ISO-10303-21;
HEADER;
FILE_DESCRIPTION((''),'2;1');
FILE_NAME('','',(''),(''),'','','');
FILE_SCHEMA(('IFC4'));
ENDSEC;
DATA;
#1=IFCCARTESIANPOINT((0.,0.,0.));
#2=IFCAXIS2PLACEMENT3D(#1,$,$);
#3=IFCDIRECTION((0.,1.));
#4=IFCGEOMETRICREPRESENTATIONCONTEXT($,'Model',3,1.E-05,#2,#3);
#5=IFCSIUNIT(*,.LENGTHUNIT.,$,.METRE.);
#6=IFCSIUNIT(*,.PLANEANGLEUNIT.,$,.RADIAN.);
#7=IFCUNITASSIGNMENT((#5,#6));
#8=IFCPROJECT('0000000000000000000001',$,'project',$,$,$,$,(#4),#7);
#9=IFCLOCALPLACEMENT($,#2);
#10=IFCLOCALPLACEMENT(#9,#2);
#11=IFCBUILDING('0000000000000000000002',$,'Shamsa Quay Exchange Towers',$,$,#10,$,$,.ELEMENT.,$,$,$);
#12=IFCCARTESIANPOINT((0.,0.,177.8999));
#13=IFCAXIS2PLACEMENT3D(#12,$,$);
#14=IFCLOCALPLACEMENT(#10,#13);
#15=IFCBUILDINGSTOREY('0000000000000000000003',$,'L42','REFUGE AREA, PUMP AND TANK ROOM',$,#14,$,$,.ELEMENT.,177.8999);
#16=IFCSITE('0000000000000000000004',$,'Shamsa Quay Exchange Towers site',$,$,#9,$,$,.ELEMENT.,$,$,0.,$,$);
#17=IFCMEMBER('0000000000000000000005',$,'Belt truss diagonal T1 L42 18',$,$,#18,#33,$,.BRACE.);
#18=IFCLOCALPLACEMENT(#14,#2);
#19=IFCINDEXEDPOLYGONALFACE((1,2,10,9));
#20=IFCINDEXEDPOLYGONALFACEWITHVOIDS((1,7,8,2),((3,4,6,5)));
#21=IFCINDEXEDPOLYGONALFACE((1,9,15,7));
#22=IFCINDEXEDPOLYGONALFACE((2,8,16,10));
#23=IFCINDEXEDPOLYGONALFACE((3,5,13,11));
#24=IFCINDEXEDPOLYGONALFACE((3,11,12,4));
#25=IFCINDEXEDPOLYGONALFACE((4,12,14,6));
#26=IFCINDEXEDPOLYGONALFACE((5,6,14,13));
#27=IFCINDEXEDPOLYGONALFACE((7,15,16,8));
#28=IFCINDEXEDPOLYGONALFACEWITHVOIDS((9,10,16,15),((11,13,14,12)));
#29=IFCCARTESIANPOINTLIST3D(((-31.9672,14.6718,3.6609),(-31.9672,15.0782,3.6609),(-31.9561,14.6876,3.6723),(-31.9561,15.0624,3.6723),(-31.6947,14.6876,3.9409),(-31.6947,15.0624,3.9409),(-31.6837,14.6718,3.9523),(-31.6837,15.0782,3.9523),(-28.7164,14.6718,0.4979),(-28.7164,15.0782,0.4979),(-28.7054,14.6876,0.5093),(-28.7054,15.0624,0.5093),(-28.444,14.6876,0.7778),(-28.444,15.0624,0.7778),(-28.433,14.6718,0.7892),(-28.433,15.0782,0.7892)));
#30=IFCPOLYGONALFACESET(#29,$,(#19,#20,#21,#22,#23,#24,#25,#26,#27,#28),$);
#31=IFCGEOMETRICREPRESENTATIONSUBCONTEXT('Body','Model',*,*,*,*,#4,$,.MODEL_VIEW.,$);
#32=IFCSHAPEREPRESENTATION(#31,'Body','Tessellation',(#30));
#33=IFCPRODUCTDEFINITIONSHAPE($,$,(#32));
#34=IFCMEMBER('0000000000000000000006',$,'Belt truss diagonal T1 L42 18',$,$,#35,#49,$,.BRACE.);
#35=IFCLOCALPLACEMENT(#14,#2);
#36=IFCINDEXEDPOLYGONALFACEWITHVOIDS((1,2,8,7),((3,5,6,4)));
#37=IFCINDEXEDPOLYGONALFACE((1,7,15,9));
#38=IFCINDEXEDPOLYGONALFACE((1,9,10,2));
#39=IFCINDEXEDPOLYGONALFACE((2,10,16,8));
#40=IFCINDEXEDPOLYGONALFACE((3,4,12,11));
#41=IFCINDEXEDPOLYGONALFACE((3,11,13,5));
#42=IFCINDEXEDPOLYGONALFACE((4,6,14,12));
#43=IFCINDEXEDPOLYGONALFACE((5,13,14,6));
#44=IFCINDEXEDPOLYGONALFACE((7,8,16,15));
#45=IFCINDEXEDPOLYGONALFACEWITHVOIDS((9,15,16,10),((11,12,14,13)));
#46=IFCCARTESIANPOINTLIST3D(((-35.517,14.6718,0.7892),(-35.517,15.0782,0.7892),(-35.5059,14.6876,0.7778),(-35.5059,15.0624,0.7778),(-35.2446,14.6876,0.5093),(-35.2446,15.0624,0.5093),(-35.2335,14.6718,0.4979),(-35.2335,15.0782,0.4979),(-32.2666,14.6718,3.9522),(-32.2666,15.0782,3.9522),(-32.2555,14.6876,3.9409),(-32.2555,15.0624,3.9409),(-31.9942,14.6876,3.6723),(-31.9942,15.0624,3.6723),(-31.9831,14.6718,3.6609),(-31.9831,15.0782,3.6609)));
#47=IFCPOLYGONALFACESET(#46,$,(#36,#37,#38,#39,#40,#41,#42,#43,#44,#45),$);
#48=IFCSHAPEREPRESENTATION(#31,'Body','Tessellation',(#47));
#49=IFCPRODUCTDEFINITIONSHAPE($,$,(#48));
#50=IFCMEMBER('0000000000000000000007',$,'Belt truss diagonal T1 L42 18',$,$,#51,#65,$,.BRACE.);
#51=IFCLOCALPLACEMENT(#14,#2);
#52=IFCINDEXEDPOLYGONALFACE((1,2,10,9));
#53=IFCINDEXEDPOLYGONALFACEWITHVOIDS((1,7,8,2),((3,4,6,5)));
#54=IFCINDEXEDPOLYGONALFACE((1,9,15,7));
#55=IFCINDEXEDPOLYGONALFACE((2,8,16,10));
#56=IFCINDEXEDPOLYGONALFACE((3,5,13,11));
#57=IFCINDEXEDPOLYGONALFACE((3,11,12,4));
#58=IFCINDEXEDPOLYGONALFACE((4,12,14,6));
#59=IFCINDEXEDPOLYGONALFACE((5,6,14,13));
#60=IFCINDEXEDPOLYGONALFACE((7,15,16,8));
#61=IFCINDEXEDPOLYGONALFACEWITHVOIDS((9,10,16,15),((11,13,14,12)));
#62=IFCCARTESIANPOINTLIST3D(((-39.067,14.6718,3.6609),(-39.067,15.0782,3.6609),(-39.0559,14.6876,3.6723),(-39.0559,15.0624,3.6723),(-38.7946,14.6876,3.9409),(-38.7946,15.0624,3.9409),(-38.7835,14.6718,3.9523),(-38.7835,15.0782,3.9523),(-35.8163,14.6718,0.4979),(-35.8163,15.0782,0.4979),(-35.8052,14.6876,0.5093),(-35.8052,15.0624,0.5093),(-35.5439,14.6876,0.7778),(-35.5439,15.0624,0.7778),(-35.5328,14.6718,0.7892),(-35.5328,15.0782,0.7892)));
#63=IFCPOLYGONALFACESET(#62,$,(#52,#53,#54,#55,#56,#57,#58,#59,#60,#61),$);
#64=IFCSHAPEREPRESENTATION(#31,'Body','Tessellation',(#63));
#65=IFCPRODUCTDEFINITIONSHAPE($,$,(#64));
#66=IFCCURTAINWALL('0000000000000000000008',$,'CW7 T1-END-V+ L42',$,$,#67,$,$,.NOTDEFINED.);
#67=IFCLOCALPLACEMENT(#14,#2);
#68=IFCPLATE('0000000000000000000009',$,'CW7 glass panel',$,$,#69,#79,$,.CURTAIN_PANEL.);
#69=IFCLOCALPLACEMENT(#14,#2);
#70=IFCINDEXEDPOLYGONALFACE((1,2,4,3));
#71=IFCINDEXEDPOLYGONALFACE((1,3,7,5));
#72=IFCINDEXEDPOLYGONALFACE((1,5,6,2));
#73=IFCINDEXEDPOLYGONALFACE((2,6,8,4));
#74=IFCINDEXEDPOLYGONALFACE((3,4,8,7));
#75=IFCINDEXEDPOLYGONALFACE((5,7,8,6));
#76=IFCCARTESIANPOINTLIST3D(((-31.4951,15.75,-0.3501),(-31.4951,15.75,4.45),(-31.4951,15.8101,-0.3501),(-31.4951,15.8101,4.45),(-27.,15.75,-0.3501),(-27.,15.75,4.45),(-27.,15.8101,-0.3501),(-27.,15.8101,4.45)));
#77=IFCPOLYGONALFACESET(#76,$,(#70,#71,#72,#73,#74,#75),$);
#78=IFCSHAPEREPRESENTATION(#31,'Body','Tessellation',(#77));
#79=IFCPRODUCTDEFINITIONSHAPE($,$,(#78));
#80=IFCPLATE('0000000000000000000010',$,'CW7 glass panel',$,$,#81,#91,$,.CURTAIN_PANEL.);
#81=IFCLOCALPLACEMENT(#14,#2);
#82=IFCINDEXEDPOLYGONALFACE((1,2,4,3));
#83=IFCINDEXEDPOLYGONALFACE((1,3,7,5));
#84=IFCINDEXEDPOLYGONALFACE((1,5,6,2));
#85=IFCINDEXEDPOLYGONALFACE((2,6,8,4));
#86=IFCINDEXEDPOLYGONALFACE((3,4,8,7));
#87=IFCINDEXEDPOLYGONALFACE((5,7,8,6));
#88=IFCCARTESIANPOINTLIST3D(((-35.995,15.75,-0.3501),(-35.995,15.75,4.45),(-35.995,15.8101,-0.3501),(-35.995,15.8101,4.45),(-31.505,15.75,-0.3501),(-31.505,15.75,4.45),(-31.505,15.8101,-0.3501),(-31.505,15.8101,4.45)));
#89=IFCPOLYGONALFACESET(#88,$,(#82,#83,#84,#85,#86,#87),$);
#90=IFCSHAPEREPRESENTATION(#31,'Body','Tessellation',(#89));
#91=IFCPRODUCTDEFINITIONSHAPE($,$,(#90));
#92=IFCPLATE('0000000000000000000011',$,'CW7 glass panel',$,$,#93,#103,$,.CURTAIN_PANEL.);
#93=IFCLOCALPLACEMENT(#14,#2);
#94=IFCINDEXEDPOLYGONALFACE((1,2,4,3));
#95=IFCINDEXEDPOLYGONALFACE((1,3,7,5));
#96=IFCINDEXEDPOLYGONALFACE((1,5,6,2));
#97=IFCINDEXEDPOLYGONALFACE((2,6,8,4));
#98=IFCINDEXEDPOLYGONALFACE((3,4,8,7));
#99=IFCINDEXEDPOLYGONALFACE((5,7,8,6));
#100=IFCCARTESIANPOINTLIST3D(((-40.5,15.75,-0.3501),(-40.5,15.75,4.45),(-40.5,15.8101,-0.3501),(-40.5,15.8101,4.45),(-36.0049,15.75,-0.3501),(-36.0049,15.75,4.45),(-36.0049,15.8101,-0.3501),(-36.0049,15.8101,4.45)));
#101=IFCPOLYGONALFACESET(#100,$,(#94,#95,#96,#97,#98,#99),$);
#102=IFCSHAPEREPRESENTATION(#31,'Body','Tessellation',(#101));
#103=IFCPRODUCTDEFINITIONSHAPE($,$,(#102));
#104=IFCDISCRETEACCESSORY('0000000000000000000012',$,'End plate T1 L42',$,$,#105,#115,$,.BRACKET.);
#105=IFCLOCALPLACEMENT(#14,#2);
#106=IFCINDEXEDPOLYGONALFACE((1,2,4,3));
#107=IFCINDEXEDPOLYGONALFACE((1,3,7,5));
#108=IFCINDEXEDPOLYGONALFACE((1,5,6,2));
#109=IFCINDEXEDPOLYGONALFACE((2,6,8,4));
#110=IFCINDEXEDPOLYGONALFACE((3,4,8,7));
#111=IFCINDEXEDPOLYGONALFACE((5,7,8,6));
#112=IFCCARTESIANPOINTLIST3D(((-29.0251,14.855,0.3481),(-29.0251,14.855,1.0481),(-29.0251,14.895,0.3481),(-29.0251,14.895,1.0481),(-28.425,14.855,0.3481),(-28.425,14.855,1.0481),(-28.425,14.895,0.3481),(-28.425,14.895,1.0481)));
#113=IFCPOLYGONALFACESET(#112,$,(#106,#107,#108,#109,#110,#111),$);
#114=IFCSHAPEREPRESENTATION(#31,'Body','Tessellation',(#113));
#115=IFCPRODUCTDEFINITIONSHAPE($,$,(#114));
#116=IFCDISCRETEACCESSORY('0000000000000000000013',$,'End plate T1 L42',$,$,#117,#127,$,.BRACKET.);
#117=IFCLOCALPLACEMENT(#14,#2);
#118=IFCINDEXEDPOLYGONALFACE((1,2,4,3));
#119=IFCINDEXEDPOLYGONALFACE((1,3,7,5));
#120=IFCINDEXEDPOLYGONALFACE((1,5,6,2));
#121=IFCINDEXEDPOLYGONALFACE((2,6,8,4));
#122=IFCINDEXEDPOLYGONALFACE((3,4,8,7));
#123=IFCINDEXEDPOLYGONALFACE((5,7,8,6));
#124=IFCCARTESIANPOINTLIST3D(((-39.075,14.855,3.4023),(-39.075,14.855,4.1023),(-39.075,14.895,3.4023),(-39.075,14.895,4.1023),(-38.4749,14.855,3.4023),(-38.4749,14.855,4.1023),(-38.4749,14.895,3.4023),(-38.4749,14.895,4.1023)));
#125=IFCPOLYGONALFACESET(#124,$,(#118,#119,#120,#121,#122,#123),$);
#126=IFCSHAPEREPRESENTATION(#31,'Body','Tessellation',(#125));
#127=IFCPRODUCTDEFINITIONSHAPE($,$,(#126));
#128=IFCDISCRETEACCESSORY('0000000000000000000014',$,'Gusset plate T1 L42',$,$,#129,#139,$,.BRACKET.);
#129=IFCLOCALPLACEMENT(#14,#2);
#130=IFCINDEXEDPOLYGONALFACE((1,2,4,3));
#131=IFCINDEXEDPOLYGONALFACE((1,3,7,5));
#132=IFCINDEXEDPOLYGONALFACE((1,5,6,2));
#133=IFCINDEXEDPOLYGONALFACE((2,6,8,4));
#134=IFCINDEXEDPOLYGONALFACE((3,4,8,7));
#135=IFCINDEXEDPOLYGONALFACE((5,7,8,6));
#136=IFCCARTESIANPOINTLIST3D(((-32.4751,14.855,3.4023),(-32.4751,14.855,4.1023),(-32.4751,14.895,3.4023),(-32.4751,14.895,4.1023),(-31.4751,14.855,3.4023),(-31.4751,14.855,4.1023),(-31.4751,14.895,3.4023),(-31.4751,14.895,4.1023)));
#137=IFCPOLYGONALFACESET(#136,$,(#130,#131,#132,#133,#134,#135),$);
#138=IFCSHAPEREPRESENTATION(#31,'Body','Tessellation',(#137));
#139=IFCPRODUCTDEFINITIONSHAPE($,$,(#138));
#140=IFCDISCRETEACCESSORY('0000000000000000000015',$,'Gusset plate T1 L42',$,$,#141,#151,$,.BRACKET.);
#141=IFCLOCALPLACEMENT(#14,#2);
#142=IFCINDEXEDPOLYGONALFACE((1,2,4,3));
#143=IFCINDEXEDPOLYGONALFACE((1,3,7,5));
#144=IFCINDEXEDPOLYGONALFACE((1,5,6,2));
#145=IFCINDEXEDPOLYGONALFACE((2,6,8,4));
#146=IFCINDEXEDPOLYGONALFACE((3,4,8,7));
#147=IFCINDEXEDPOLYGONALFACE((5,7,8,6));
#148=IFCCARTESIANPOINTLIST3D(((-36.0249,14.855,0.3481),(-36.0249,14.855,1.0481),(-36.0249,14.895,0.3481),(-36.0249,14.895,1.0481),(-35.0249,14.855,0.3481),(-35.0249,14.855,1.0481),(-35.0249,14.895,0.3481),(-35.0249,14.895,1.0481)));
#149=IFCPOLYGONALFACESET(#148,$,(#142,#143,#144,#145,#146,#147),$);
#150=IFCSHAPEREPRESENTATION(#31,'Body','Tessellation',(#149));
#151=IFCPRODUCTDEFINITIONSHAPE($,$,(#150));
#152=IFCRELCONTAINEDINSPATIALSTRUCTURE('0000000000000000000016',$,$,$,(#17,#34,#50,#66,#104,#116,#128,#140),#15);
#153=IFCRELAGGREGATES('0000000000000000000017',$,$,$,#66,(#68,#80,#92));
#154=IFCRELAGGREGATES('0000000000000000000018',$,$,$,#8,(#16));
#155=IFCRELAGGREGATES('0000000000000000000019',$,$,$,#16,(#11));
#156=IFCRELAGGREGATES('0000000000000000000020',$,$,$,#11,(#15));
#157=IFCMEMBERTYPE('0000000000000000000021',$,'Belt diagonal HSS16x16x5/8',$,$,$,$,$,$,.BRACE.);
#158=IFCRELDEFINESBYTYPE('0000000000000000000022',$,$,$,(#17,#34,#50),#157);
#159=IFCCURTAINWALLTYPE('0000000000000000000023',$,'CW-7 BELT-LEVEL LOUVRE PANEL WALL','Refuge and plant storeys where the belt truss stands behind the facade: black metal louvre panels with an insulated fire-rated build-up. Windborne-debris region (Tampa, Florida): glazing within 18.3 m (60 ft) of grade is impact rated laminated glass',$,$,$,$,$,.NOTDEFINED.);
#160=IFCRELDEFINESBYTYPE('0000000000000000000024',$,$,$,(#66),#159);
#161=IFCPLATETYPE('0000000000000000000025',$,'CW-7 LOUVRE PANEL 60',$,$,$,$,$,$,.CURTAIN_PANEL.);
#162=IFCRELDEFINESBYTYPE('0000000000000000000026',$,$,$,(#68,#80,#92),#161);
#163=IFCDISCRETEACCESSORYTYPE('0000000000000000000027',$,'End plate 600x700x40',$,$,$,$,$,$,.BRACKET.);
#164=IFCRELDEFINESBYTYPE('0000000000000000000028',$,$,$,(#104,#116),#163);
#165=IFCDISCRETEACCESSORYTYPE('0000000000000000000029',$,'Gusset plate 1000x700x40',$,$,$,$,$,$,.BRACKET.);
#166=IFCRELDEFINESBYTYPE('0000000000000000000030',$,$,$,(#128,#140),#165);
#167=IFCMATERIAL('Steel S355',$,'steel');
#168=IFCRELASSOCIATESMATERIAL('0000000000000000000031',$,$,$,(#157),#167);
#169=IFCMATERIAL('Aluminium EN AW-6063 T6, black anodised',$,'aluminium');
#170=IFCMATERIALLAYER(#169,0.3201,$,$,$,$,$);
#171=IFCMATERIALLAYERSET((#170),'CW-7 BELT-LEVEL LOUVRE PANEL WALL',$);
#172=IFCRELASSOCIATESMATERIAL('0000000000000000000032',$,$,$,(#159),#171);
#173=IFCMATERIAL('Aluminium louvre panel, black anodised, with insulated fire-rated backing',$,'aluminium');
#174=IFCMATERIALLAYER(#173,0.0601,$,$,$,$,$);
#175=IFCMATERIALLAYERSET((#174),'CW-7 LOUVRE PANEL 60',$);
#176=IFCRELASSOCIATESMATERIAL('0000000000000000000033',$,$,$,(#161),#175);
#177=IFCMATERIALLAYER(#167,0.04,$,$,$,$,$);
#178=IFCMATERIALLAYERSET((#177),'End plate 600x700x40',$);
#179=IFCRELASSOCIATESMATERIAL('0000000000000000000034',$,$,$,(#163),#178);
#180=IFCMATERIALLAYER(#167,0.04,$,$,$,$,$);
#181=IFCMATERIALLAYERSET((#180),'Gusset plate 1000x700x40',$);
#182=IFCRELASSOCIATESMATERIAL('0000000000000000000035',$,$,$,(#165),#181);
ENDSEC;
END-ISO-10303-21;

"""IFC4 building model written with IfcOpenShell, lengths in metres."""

from ifc_helpers import new_model, si_unit, direction, frame, origin, origin_2d, place, context, subcontext, project, spatial, rectangle, hollow_rectangle, extrude, material, layer, layer_set, material_profile, profile_set, type_object, element, aggregate, save


model = new_model("IFC4")

# Units and contexts
model_context = context("Model", 3, precision=1e-05, world=origin(), true_north=direction((0.0, 1.0)))
body_context = subcontext(model_context, "Body", "Model", "MODEL_VIEW")
ifc_project = project(units=[si_unit("LENGTHUNIT", "METRE"), si_unit("PLANEANGLEUNIT", "RADIAN")], contexts=[model_context])

# Site, building, storey
site_placement = place(None, origin())
site = spatial("IfcSite", under=ifc_project, at=site_placement, Name="Shamsa Quay Exchange Towers site", CompositionType="ELEMENT", RefElevation=0.0)
building_placement = place(site_placement, origin())
building = spatial("IfcBuilding", under=site, at=building_placement, Name="Shamsa Quay Exchange Towers", CompositionType="ELEMENT")
storey_placement = place(building_placement, frame((0.0, 0.0, 177.8999)))
storey = spatial("IfcBuildingStorey", under=building, at=storey_placement, Name="L42", Description="REFUGE AREA, PUMP AND TANK ROOM", CompositionType="ELEMENT", Elevation=177.8999)

# Members
ifc_material_1 = material(Name="Steel S355", Category="steel")
ifc_material_profile_1 = material_profile(ifc_material_1, hollow_rectangle(XDim=0.4065, YDim=0.4065, WallThickness=0.0159, at=origin_2d()), Name="HSS16x16x5/8")
ifc_profile_set_1 = profile_set([ifc_material_profile_1], Name="Steel S355")
member_type_1 = type_object("IfcMemberType", Name="Belt diagonal HSS16x16x5/8", PredefinedType="BRACE", material=ifc_profile_set_1)
member_1_placement = place(storey_placement, frame((-28.5747, 14.875, 0.6436), z_axis=(-0.716703, 0.0, 0.697379), x_axis=(0.0, -1.0, 0.0)))
element("IfcMember", 1, at=member_1_placement, inside=storey, type_object=member_type_1, Name="Belt truss diagonal T1 L42 18", PredefinedType="BRACE", context=body_context, shape_type="SweptSolid", body=[
    extrude(hollow_rectangle(XDim=0.4065, YDim=0.4065, WallThickness=0.0159, at=origin_2d()), origin(), (0.0, 0.0, 1.0), 4.5356),
])
member_2_placement = place(storey_placement, frame((-35.3752, 14.875, 0.6436), z_axis=(0.716676, 0.0, 0.697406), x_axis=(0.0, 1.0, 0.0)))
element("IfcMember", 2, at=member_2_placement, inside=storey, type_object=member_type_1, Name="Belt truss diagonal T1 L42 18", PredefinedType="BRACE", context=body_context, shape_type="SweptSolid", body=[
    extrude(hollow_rectangle(XDim=0.4065, YDim=0.4065, WallThickness=0.0159, at=origin_2d()), origin(), (0.0, 0.0, 1.0), 4.5354),
])
member_3_placement = place(storey_placement, frame((-35.6746, 14.875, 0.6436), z_axis=(-0.716703, 0.0, 0.697379), x_axis=(0.0, -1.0, 0.0)))
element("IfcMember", 3, at=member_3_placement, inside=storey, type_object=member_type_1, Name="Belt truss diagonal T1 L42 18", PredefinedType="BRACE", context=body_context, shape_type="SweptSolid", body=[
    extrude(hollow_rectangle(XDim=0.4065, YDim=0.4065, WallThickness=0.0159, at=origin_2d()), origin(), (0.0, 0.0, 1.0), 4.5356),
])

# Curtain wall, plates
ifc_material_2 = material(Name="Aluminium EN AW-6063 T6, black anodised", Category="aluminium")
ifc_layer_1 = layer(ifc_material_2, 0.3201)
ifc_layer_set_1 = layer_set([ifc_layer_1], Name="CW-7 BELT-LEVEL LOUVRE PANEL WALL")
curtain_wall_type = type_object("IfcCurtainWallType", Name="CW-7 BELT-LEVEL LOUVRE PANEL WALL", Description="Refuge and plant storeys where the belt truss stands behind the facade: black metal louvre panels with an insulated fire-rated build-up. Windborne-debris region (Tampa, Florida): glazing within 18.3 m (60 ft) of grade is impact rated laminated glass", PredefinedType="NOTDEFINED", material=ifc_layer_set_1)
curtain_wall_placement = place(storey_placement, origin())
curtain_wall = element("IfcCurtainWall", 4, at=curtain_wall_placement, inside=storey, type_object=curtain_wall_type, Name="CW7 T1-END-V+ L42", PredefinedType="NOTDEFINED")
ifc_material_3 = material(Name="Aluminium louvre panel, black anodised, with insulated fire-rated backing", Category="aluminium")
ifc_layer_2 = layer(ifc_material_3, 0.0601)
ifc_layer_set_2 = layer_set([ifc_layer_2], Name="CW-7 LOUVRE PANEL 60")
plate_type = type_object("IfcPlateType", Name="CW-7 LOUVRE PANEL 60", PredefinedType="CURTAIN_PANEL", material=ifc_layer_set_2)
plate_1_placement = place(storey_placement, frame((-29.2476, 15.78, -0.3501), z_axis=(0.0, 0.0, 1.0), x_axis=(-1.0, 0.0, 0.0)))
plate_1 = element("IfcPlate", 5, at=plate_1_placement, type_object=plate_type, Name="CW7 glass panel", PredefinedType="CURTAIN_PANEL", context=body_context, shape_type="SweptSolid", body=[
    extrude(rectangle(XDim=4.4951, YDim=0.0601, at=origin_2d()), origin(), (0.0, 0.0, 1.0), 4.8),
])
plate_2_placement = place(storey_placement, frame((-33.75, 15.78, -0.3501), z_axis=(0.0, 0.0, 1.0), x_axis=(-1.0, 0.0, 0.0)))
plate_2 = element("IfcPlate", 6, at=plate_2_placement, type_object=plate_type, Name="CW7 glass panel", PredefinedType="CURTAIN_PANEL", context=body_context, shape_type="SweptSolid", body=[
    extrude(rectangle(XDim=4.49, YDim=0.0601, at=origin_2d()), origin(), (0.0, 0.0, 1.0), 4.8),
])
plate_3_placement = place(storey_placement, frame((-38.2524, 15.78, -0.3501), z_axis=(0.0, 0.0, 1.0), x_axis=(-1.0, 0.0, 0.0)))
plate_3 = element("IfcPlate", 7, at=plate_3_placement, type_object=plate_type, Name="CW7 glass panel", PredefinedType="CURTAIN_PANEL", context=body_context, shape_type="SweptSolid", body=[
    extrude(rectangle(XDim=4.4951, YDim=0.0601, at=origin_2d()), origin(), (0.0, 0.0, 1.0), 4.8),
])
aggregate(curtain_wall, [plate_1, plate_2, plate_3])

# Discrete accessories
ifc_layer_3 = layer(ifc_material_1, 0.04)
ifc_layer_set_3 = layer_set([ifc_layer_3], Name="End plate 600x700x40")
discrete_accessory_type_1 = type_object("IfcDiscreteAccessoryType", Name="End plate 600x700x40", PredefinedType="BRACKET", material=ifc_layer_set_3)
for number, where, z_axis, x_axis, name in (
    (8, (-28.7251, 14.875, 0.3481), (0.0, 0.0, 1.0), (-1.0, 0.0, 0.0), "End plate T1 L42"),
    (9, (-38.7749, 14.875, 3.4023), (0.0, 0.0, 1.0), (-1.0, 0.0, 0.0), "End plate T1 L42"),
):
    element("IfcDiscreteAccessory", number, at=place(storey_placement, frame(where, z_axis=z_axis, x_axis=x_axis)), inside=storey, type_object=discrete_accessory_type_1, Name=name, PredefinedType="BRACKET", context=body_context, shape_type="SweptSolid", body=[
        extrude(rectangle(XDim=0.6001, YDim=0.04, at=origin_2d()), origin(), (0.0, 0.0, 1.0), 0.7),
    ])
ifc_layer_4 = layer(ifc_material_1, 0.04)
ifc_layer_set_4 = layer_set([ifc_layer_4], Name="Gusset plate 1000x700x40")
discrete_accessory_type_2 = type_object("IfcDiscreteAccessoryType", Name="Gusset plate 1000x700x40", PredefinedType="BRACKET", material=ifc_layer_set_4)
for number, where, z_axis, x_axis, name in (
    (10, (-31.9751, 14.875, 3.4023), (0.0, 0.0, 1.0), (-1.0, 0.0, 0.0), "Gusset plate T1 L42"),
    (11, (-35.5249, 14.875, 0.3481), (0.0, 0.0, 1.0), (-1.0, 0.0, 0.0), "Gusset plate T1 L42"),
):
    element("IfcDiscreteAccessory", number, at=place(storey_placement, frame(where, z_axis=z_axis, x_axis=x_axis)), inside=storey, type_object=discrete_accessory_type_2, Name=name, PredefinedType="BRACKET", context=body_context, shape_type="SweptSolid", body=[
        extrude(rectangle(XDim=1.0, YDim=0.04, at=origin_2d()), origin(), (0.0, 0.0, 1.0), 0.7),
    ])

save(model, "model.ifc")
